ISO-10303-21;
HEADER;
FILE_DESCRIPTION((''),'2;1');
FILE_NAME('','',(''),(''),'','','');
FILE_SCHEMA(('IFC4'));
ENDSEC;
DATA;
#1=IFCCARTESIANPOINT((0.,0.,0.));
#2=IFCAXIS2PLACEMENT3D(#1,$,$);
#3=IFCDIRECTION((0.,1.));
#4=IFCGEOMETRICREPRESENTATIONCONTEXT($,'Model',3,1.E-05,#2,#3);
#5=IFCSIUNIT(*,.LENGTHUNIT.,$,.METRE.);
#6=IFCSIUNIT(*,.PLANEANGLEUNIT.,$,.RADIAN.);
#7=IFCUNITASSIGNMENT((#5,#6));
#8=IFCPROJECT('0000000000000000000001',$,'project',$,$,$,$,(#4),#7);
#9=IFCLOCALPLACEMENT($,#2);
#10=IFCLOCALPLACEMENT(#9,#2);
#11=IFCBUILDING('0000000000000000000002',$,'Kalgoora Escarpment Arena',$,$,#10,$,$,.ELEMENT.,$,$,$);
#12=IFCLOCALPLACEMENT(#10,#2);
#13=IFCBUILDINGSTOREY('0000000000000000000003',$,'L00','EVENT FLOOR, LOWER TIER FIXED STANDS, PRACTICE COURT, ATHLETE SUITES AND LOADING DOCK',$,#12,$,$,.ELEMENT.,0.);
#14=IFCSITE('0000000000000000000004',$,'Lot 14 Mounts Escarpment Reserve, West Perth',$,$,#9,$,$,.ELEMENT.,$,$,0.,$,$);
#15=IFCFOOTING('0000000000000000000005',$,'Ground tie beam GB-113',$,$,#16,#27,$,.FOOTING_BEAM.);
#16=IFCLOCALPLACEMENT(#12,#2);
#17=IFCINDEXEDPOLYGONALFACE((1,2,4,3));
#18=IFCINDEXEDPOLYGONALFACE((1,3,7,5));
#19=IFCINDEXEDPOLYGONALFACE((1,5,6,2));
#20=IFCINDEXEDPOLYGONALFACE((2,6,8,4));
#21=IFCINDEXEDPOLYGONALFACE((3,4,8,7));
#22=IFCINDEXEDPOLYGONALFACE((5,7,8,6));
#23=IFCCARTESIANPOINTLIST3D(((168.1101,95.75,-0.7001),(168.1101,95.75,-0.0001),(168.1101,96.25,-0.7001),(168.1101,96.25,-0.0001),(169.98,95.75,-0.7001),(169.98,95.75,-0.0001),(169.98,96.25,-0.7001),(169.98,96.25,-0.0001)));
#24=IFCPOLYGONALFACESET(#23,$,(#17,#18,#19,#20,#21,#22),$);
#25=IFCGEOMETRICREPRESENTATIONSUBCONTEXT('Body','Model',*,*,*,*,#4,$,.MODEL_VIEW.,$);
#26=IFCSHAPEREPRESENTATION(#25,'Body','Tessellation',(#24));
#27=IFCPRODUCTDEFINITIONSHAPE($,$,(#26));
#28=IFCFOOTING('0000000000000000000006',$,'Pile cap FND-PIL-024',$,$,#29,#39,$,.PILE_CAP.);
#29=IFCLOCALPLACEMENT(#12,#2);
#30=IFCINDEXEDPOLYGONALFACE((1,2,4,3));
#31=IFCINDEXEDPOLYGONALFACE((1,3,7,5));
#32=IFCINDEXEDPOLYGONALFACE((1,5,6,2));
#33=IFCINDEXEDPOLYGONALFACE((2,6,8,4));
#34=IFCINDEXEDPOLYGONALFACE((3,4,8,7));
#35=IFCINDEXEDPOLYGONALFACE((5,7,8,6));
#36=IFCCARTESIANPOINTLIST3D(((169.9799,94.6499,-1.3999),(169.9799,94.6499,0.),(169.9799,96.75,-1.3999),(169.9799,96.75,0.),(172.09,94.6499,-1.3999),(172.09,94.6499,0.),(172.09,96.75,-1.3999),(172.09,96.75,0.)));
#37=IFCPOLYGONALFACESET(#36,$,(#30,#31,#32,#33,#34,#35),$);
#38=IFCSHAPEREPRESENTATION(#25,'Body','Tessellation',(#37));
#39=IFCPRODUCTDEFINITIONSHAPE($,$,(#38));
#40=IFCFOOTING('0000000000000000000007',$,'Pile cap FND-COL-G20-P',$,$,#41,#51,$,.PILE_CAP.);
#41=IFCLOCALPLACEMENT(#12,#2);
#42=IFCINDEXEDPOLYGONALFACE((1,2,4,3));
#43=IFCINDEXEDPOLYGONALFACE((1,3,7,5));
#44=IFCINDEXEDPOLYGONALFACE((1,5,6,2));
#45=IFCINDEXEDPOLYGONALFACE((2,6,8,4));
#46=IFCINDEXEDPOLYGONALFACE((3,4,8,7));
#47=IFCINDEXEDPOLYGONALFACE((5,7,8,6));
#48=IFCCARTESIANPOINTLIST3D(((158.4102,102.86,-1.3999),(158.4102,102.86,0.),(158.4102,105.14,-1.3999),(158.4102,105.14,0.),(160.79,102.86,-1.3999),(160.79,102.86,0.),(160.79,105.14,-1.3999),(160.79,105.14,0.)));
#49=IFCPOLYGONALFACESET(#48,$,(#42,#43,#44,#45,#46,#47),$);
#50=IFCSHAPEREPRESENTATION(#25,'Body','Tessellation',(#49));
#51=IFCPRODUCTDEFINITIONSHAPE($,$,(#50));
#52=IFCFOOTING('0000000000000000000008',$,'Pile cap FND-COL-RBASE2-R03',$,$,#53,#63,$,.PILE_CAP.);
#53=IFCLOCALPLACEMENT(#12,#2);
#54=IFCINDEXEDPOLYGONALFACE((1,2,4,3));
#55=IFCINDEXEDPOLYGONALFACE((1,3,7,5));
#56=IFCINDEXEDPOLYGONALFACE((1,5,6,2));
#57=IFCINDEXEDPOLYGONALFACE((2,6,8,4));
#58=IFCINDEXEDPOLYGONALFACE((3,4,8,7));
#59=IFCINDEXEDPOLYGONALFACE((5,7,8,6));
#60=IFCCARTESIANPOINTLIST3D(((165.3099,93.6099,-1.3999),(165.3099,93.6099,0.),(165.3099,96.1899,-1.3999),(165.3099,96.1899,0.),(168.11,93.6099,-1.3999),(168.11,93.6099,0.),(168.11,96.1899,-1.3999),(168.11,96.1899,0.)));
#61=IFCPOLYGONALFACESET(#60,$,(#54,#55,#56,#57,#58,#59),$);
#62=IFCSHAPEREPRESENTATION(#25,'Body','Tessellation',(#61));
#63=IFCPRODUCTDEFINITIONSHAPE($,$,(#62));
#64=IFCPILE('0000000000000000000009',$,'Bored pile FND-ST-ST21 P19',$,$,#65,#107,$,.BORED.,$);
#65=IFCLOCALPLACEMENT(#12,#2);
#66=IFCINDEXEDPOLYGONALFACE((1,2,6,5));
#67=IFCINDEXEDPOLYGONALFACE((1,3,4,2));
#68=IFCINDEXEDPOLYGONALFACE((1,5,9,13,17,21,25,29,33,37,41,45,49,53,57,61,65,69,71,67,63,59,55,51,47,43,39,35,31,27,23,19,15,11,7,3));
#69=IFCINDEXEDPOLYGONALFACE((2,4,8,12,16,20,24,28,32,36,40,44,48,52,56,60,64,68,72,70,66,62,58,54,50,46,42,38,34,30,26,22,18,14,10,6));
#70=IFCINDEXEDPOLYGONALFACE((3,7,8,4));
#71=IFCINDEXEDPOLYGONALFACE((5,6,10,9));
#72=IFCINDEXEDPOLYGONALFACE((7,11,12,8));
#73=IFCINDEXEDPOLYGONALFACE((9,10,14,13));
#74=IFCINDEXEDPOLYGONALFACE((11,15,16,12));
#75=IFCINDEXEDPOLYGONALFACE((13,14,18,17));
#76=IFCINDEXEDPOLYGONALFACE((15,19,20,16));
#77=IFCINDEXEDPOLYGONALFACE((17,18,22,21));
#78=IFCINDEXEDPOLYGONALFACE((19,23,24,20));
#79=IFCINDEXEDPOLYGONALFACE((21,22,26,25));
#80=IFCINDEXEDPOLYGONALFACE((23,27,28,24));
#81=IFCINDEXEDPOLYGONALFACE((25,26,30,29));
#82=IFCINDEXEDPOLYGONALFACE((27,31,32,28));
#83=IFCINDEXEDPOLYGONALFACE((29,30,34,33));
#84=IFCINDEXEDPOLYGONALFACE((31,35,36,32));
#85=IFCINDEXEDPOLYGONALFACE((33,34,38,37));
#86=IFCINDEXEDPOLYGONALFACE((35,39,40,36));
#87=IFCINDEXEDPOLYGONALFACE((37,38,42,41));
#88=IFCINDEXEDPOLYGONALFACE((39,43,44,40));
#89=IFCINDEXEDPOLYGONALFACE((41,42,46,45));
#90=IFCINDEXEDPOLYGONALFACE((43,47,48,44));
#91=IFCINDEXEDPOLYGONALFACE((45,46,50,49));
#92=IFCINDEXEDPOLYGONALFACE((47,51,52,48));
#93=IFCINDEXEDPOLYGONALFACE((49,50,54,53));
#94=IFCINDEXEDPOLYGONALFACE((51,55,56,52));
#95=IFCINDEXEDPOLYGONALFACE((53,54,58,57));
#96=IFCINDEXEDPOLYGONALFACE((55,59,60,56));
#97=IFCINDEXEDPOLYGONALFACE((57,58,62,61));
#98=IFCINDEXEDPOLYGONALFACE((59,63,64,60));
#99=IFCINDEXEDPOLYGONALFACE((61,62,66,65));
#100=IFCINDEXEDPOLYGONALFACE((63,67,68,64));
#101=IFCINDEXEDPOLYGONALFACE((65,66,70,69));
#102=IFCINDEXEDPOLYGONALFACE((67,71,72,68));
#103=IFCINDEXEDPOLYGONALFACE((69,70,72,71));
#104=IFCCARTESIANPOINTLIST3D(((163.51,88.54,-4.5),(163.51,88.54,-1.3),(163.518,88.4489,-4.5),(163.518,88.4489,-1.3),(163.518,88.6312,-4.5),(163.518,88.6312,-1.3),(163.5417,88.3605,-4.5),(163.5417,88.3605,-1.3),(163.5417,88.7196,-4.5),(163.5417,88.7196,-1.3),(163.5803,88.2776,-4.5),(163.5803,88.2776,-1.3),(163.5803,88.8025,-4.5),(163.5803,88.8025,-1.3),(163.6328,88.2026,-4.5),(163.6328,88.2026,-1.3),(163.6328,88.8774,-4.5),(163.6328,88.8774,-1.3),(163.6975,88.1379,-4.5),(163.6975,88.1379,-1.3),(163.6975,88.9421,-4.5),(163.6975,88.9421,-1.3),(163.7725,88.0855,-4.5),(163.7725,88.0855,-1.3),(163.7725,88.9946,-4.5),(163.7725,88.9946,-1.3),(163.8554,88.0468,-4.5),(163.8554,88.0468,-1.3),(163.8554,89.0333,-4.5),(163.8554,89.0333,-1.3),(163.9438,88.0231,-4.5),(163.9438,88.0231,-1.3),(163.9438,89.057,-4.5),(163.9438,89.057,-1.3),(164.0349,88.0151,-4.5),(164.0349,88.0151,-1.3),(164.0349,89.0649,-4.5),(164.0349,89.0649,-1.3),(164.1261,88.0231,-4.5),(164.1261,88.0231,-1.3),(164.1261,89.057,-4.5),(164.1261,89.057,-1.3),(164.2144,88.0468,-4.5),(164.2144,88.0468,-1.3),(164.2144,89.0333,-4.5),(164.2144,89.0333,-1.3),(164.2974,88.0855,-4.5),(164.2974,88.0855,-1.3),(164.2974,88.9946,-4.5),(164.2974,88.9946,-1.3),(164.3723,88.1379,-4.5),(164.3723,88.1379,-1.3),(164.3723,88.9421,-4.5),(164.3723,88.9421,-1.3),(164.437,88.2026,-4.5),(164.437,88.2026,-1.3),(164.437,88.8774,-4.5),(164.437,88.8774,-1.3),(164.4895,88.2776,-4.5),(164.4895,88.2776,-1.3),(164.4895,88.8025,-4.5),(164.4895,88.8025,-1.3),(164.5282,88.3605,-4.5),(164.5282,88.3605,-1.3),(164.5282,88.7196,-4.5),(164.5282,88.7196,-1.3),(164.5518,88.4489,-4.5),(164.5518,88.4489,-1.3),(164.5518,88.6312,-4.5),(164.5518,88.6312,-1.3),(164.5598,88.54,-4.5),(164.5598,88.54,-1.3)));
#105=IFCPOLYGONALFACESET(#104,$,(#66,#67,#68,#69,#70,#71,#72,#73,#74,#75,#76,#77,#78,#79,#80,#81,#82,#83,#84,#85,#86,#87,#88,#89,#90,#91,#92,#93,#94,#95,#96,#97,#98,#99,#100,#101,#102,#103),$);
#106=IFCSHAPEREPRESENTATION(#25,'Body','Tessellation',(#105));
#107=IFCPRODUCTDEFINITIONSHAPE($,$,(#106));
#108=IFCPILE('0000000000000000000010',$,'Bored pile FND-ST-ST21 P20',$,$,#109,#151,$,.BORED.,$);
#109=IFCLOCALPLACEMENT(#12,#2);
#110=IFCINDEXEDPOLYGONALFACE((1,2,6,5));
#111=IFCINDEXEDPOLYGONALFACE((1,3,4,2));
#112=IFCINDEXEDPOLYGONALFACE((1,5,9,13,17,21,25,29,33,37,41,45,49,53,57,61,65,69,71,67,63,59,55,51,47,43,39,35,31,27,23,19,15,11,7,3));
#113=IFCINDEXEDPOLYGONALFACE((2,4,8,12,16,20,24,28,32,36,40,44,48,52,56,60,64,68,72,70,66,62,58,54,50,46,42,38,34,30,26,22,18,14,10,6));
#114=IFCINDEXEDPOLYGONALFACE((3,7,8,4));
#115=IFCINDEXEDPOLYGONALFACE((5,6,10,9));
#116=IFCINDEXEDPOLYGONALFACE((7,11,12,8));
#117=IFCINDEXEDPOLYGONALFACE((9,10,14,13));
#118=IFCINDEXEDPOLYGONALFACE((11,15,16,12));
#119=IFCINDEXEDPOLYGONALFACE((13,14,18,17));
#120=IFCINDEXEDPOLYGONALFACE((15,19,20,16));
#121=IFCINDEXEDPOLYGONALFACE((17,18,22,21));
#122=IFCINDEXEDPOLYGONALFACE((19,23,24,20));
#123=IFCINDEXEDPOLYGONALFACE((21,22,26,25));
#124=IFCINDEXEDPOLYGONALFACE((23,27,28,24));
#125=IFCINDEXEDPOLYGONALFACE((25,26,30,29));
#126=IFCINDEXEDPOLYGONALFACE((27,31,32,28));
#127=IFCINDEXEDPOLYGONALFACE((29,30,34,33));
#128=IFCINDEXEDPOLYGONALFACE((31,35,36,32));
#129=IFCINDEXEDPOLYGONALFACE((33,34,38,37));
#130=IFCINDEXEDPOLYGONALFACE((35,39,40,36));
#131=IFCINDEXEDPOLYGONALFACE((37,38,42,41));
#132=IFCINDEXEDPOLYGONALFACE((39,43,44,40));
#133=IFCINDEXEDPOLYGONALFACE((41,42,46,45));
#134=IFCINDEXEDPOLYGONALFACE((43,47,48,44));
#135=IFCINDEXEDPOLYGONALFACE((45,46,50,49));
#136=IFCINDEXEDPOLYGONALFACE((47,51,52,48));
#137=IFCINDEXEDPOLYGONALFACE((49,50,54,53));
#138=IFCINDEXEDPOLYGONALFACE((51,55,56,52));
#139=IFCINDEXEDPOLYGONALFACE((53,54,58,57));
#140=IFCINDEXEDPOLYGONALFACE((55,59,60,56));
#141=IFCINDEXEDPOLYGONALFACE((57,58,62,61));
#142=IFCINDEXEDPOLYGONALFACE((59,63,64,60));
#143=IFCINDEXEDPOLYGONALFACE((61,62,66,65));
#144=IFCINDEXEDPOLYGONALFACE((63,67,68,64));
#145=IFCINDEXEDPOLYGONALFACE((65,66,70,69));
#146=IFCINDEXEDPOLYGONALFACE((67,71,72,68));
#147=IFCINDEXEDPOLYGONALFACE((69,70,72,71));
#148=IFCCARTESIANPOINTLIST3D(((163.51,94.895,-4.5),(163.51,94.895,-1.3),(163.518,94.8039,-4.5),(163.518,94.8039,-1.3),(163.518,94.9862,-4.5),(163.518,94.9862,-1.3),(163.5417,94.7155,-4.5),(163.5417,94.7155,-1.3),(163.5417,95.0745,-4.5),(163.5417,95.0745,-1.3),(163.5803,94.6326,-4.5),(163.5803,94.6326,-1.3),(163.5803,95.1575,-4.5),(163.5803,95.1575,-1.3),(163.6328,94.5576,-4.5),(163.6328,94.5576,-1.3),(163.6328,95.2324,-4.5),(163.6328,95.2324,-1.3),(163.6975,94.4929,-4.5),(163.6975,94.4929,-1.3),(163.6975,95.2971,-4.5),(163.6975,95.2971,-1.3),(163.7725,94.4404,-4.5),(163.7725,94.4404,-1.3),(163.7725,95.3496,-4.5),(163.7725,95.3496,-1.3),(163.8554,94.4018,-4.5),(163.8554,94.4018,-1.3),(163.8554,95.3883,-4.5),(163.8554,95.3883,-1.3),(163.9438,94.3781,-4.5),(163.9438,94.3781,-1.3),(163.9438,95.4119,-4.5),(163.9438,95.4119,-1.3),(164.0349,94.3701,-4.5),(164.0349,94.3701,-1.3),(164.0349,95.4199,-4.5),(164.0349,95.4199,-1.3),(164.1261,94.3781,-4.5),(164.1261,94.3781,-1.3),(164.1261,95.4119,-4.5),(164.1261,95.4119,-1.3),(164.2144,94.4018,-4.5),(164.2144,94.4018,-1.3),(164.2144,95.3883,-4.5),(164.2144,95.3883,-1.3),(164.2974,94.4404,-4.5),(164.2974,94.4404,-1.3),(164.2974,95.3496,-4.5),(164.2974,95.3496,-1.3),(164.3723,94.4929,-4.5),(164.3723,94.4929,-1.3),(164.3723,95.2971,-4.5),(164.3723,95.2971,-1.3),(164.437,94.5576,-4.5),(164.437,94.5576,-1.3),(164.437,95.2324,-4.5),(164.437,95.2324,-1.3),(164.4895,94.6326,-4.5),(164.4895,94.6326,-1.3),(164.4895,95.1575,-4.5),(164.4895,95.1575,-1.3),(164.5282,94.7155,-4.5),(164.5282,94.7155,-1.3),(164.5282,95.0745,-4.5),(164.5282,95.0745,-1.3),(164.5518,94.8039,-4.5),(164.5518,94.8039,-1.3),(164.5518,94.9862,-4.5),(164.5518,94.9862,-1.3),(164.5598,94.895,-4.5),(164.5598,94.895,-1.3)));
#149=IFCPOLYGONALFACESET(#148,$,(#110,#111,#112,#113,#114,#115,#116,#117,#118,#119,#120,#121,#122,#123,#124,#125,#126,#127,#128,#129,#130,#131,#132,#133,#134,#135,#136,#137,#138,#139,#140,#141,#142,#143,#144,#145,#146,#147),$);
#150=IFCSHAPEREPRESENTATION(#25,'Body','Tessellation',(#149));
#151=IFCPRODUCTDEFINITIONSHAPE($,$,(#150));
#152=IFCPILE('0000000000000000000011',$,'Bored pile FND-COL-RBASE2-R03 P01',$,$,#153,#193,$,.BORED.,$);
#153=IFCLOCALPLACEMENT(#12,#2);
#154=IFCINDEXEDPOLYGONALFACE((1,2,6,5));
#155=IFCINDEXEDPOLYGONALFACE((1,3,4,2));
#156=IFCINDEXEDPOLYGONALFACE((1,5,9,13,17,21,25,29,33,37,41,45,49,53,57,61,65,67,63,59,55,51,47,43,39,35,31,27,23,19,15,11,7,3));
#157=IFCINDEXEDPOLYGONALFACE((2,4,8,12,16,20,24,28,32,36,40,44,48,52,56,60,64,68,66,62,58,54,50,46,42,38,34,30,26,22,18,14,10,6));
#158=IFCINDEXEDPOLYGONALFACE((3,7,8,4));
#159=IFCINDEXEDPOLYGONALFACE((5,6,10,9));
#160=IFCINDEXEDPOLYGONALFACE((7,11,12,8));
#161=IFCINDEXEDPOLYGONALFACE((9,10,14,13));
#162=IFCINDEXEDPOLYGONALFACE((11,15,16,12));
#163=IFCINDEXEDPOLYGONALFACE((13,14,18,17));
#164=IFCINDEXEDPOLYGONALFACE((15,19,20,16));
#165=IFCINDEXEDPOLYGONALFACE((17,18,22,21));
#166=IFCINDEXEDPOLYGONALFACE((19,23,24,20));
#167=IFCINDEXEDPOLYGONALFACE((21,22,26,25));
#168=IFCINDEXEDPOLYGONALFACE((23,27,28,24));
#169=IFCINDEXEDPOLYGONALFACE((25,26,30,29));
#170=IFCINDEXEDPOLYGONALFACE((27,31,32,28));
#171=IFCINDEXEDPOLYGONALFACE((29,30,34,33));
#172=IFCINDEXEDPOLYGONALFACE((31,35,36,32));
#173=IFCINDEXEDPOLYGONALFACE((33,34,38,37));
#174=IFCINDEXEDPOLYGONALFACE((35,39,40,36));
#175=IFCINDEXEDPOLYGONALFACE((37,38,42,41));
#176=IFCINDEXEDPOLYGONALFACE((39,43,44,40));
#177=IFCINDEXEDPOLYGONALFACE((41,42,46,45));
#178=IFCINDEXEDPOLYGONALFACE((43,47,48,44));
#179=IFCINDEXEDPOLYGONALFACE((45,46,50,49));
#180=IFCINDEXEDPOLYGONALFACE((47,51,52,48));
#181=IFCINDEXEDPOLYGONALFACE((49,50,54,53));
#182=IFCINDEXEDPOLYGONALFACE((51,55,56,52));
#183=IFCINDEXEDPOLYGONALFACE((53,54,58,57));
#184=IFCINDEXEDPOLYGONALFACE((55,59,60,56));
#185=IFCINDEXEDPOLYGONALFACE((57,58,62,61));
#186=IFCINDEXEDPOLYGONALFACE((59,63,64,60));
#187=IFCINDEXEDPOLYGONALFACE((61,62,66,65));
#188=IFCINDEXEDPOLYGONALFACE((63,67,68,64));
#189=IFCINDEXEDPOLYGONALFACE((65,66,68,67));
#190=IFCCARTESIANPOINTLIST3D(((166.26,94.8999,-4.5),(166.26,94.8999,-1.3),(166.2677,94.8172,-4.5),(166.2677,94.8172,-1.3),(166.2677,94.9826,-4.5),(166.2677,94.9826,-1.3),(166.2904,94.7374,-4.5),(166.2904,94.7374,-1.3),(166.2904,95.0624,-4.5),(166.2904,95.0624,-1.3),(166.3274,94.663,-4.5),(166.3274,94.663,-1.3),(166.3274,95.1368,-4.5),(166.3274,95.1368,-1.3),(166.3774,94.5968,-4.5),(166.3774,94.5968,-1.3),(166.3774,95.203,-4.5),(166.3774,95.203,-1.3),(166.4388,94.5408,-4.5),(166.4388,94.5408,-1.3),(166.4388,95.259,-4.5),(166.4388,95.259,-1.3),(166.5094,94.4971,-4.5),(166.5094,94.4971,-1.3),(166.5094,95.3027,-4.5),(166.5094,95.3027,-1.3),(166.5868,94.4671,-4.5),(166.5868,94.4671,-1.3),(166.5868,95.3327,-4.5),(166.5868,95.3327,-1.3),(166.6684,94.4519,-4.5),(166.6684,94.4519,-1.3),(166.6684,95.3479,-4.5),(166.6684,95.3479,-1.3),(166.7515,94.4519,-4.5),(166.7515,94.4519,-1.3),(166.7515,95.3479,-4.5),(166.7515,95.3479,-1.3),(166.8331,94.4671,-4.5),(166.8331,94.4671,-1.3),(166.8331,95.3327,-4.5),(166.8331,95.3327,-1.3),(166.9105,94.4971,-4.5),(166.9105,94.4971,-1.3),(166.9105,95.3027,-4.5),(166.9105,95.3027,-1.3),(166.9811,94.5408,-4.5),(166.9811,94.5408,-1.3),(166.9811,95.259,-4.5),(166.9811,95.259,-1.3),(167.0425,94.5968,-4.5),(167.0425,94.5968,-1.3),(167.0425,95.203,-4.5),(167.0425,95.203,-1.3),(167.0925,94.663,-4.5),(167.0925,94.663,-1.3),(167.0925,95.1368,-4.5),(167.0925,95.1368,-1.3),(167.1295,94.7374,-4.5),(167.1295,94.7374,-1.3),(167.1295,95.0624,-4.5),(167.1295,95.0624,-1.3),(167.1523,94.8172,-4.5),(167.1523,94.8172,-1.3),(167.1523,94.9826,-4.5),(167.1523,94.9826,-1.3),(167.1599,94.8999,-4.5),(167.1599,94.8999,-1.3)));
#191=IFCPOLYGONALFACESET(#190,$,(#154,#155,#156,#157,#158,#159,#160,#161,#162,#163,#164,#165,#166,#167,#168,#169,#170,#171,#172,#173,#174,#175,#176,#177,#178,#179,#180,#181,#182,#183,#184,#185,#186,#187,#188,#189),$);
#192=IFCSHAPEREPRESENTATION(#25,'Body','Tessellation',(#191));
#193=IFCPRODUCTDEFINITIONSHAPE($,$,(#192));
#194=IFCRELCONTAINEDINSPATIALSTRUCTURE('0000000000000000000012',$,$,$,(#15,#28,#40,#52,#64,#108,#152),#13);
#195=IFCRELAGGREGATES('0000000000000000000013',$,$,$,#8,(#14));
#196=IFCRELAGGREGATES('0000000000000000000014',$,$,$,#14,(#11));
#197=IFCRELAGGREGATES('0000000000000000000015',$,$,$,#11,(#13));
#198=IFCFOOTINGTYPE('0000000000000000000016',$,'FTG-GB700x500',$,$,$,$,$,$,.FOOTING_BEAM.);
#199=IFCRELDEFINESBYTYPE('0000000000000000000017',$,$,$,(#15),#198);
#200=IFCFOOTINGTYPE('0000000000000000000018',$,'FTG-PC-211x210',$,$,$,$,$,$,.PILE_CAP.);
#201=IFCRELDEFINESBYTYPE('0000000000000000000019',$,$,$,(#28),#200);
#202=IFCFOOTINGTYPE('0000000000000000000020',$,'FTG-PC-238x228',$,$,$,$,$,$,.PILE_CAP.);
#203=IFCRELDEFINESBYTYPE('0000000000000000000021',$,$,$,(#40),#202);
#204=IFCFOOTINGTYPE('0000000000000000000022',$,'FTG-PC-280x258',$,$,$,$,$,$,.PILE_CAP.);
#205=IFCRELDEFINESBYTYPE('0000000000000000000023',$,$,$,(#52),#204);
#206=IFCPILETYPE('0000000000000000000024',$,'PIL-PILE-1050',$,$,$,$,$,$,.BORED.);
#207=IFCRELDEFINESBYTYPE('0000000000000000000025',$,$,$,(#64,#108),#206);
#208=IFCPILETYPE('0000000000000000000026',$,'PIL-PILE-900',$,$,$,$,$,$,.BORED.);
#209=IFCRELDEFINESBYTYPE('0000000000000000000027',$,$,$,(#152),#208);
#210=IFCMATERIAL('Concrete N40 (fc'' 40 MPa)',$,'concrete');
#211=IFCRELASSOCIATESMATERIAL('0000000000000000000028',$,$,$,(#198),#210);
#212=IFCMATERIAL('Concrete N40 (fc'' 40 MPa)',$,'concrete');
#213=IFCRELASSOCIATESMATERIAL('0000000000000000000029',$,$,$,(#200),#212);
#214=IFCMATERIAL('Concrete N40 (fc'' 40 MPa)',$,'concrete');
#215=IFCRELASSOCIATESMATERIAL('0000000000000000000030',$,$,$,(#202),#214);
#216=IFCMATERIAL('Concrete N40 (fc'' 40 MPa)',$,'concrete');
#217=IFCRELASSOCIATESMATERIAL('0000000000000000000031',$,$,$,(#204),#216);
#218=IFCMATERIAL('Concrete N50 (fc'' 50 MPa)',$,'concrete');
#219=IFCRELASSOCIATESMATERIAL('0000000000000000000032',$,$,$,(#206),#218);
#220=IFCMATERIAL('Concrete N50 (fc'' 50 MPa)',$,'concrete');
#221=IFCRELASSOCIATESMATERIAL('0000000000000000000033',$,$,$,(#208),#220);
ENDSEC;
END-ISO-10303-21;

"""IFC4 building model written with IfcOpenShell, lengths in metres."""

from ifc_helpers import new_model, si_unit, direction, frame, origin, origin_2d, place, context, subcontext, project, spatial, rectangle, circle, extrude, material, material_profile, profile_set, type_object, element, save


model = new_model("IFC4")

# Units and contexts
model_context = context("Model", 3, precision=1e-05, world=origin(), true_north=direction((0.0, 1.0)))
body_context = subcontext(model_context, "Body", "Model", "MODEL_VIEW")
ifc_project = project(units=[si_unit("LENGTHUNIT", "METRE"), si_unit("PLANEANGLEUNIT", "RADIAN")], contexts=[model_context])

# Site, building, storey
site_placement = place(None, origin())
site = spatial("IfcSite", under=ifc_project, at=site_placement, Name="Lot 14 Mounts Escarpment Reserve, West Perth", CompositionType="ELEMENT", RefElevation=0.0)
building_placement = place(site_placement, origin())
building = spatial("IfcBuilding", under=site, at=building_placement, Name="Kalgoora Escarpment Arena", CompositionType="ELEMENT")
storey_placement = place(building_placement, origin())
storey = spatial("IfcBuildingStorey", under=building, at=storey_placement, Name="L00", Description="EVENT FLOOR, LOWER TIER FIXED STANDS, PRACTICE COURT, ATHLETE SUITES AND LOADING DOCK", CompositionType="ELEMENT", Elevation=0.0)

# Footings
ifc_material_1 = material(Name="Concrete N40 (fc' 40 MPa)", Category="concrete")
ifc_material_profile_1 = material_profile(ifc_material_1, rectangle(XDim=0.5, YDim=0.7, at=origin_2d()))
ifc_profile_set_1 = profile_set([ifc_material_profile_1], Name="Concrete N40 (fc' 40 MPa)")
footing_type_1 = type_object("IfcFootingType", Name="FTG-GB700x500", PredefinedType="FOOTING_BEAM", material=ifc_profile_set_1)
footing_1_placement = place(storey_placement, frame((168.1101, 96.0, -0.3501), z_axis=(1.0, 0.0, 0.0), x_axis=(0.0, 1.0, 0.0)))
element("IfcFooting", 1, at=footing_1_placement, inside=storey, type_object=footing_type_1, Name="Ground tie beam GB-113", PredefinedType="FOOTING_BEAM", context=body_context, shape_type="SweptSolid", body=[
    extrude(rectangle(XDim=0.5, YDim=0.7, at=origin_2d()), origin(), (0.0, 0.0, 1.0), 1.8699),
])
ifc_material_2 = material(Name="Concrete N40 (fc' 40 MPa)", Category="concrete")
footing_type_2 = type_object("IfcFootingType", Name="FTG-PC-211x210", PredefinedType="PILE_CAP", material=ifc_material_2)
footing_2_placement = place(storey_placement, frame((171.0349, 95.7, -1.3999), z_axis=(0.0, 0.0, 1.0), x_axis=(1.0, 0.0, 0.0)))
element("IfcFooting", 2, at=footing_2_placement, inside=storey, type_object=footing_type_2, Name="Pile cap FND-PIL-024", PredefinedType="PILE_CAP", context=body_context, shape_type="SweptSolid", body=[
    extrude(rectangle(XDim=2.1101, YDim=2.1001, at=origin_2d()), origin(), (0.0, 0.0, 1.0), 1.3999),
])
ifc_material_3 = material(Name="Concrete N40 (fc' 40 MPa)", Category="concrete")
footing_type_3 = type_object("IfcFootingType", Name="FTG-PC-238x228", PredefinedType="PILE_CAP", material=ifc_material_3)
footing_3_placement = place(storey_placement, frame((159.6001, 104.0, -1.3999), z_axis=(0.0, 0.0, 1.0), x_axis=(1.0, 0.0, 0.0)))
element("IfcFooting", 3, at=footing_3_placement, inside=storey, type_object=footing_type_3, Name="Pile cap FND-COL-G20-P", PredefinedType="PILE_CAP", context=body_context, shape_type="SweptSolid", body=[
    extrude(rectangle(XDim=2.3799, YDim=2.28, at=origin_2d()), origin(), (0.0, 0.0, 1.0), 1.3999),
])
ifc_material_4 = material(Name="Concrete N40 (fc' 40 MPa)", Category="concrete")
footing_type_4 = type_object("IfcFootingType", Name="FTG-PC-280x258", PredefinedType="PILE_CAP", material=ifc_material_4)
footing_4_placement = place(storey_placement, frame((166.71, 94.8999, -1.3999), z_axis=(0.0, 0.0, 1.0), x_axis=(1.0, 0.0, 0.0)))
element("IfcFooting", 4, at=footing_4_placement, inside=storey, type_object=footing_type_4, Name="Pile cap FND-COL-RBASE2-R03", PredefinedType="PILE_CAP", context=body_context, shape_type="SweptSolid", body=[
    extrude(rectangle(XDim=2.8, YDim=2.5801, at=origin_2d()), origin(), (0.0, 0.0, 1.0), 1.3999),
])

# Piles
ifc_material_5 = material(Name="Concrete N50 (fc' 50 MPa)", Category="concrete")
ifc_material_profile_2 = material_profile(ifc_material_5, circle(Radius=0.5249, at=origin_2d()))
ifc_profile_set_2 = profile_set([ifc_material_profile_2], Name="Concrete N50 (fc' 50 MPa)")
pile_type_1 = type_object("IfcPileType", Name="PIL-PILE-1050", PredefinedType="BORED", material=ifc_profile_set_2)
for number, where, z_axis, x_axis, name in (
    (5, (164.0349, 88.54, -1.3), (0.0, 0.0, -1.0), (1.0, 0.0, 0.0), "Bored pile FND-ST-ST21 P19"),
    (6, (164.0349, 94.895, -1.3), (0.0, 0.0, -1.0), (1.0, 0.0, 0.0), "Bored pile FND-ST-ST21 P20"),
):
    element("IfcPile", number, at=place(storey_placement, frame(where, z_axis=z_axis, x_axis=x_axis)), inside=storey, type_object=pile_type_1, Name=name, PredefinedType="BORED", context=body_context, shape_type="SweptSolid", body=[
        extrude(circle(Radius=0.5249, at=origin_2d()), origin(), (0.0, 0.0, 1.0), 3.2),
    ])
ifc_material_6 = material(Name="Concrete N50 (fc' 50 MPa)", Category="concrete")
ifc_material_profile_3 = material_profile(ifc_material_6, circle(Radius=0.45, at=origin_2d()))
ifc_profile_set_3 = profile_set([ifc_material_profile_3], Name="Concrete N50 (fc' 50 MPa)")
pile_type_2 = type_object("IfcPileType", Name="PIL-PILE-900", PredefinedType="BORED", material=ifc_profile_set_3)
for number, where, z_axis, x_axis, name in (
    (7, (166.71, 94.8999, -1.3), (0.0, 0.0, -1.0), (1.0, 0.0, 0.0), "Bored pile FND-COL-RBASE2-R03 P01"),
):
    element("IfcPile", number, at=place(storey_placement, frame(where, z_axis=z_axis, x_axis=x_axis)), inside=storey, type_object=pile_type_2, Name=name, PredefinedType="BORED", context=body_context, shape_type="SweptSolid", body=[
        extrude(circle(Radius=0.45, at=origin_2d()), origin(), (0.0, 0.0, 1.0), 3.2),
    ])

save(model, "model.ifc")
